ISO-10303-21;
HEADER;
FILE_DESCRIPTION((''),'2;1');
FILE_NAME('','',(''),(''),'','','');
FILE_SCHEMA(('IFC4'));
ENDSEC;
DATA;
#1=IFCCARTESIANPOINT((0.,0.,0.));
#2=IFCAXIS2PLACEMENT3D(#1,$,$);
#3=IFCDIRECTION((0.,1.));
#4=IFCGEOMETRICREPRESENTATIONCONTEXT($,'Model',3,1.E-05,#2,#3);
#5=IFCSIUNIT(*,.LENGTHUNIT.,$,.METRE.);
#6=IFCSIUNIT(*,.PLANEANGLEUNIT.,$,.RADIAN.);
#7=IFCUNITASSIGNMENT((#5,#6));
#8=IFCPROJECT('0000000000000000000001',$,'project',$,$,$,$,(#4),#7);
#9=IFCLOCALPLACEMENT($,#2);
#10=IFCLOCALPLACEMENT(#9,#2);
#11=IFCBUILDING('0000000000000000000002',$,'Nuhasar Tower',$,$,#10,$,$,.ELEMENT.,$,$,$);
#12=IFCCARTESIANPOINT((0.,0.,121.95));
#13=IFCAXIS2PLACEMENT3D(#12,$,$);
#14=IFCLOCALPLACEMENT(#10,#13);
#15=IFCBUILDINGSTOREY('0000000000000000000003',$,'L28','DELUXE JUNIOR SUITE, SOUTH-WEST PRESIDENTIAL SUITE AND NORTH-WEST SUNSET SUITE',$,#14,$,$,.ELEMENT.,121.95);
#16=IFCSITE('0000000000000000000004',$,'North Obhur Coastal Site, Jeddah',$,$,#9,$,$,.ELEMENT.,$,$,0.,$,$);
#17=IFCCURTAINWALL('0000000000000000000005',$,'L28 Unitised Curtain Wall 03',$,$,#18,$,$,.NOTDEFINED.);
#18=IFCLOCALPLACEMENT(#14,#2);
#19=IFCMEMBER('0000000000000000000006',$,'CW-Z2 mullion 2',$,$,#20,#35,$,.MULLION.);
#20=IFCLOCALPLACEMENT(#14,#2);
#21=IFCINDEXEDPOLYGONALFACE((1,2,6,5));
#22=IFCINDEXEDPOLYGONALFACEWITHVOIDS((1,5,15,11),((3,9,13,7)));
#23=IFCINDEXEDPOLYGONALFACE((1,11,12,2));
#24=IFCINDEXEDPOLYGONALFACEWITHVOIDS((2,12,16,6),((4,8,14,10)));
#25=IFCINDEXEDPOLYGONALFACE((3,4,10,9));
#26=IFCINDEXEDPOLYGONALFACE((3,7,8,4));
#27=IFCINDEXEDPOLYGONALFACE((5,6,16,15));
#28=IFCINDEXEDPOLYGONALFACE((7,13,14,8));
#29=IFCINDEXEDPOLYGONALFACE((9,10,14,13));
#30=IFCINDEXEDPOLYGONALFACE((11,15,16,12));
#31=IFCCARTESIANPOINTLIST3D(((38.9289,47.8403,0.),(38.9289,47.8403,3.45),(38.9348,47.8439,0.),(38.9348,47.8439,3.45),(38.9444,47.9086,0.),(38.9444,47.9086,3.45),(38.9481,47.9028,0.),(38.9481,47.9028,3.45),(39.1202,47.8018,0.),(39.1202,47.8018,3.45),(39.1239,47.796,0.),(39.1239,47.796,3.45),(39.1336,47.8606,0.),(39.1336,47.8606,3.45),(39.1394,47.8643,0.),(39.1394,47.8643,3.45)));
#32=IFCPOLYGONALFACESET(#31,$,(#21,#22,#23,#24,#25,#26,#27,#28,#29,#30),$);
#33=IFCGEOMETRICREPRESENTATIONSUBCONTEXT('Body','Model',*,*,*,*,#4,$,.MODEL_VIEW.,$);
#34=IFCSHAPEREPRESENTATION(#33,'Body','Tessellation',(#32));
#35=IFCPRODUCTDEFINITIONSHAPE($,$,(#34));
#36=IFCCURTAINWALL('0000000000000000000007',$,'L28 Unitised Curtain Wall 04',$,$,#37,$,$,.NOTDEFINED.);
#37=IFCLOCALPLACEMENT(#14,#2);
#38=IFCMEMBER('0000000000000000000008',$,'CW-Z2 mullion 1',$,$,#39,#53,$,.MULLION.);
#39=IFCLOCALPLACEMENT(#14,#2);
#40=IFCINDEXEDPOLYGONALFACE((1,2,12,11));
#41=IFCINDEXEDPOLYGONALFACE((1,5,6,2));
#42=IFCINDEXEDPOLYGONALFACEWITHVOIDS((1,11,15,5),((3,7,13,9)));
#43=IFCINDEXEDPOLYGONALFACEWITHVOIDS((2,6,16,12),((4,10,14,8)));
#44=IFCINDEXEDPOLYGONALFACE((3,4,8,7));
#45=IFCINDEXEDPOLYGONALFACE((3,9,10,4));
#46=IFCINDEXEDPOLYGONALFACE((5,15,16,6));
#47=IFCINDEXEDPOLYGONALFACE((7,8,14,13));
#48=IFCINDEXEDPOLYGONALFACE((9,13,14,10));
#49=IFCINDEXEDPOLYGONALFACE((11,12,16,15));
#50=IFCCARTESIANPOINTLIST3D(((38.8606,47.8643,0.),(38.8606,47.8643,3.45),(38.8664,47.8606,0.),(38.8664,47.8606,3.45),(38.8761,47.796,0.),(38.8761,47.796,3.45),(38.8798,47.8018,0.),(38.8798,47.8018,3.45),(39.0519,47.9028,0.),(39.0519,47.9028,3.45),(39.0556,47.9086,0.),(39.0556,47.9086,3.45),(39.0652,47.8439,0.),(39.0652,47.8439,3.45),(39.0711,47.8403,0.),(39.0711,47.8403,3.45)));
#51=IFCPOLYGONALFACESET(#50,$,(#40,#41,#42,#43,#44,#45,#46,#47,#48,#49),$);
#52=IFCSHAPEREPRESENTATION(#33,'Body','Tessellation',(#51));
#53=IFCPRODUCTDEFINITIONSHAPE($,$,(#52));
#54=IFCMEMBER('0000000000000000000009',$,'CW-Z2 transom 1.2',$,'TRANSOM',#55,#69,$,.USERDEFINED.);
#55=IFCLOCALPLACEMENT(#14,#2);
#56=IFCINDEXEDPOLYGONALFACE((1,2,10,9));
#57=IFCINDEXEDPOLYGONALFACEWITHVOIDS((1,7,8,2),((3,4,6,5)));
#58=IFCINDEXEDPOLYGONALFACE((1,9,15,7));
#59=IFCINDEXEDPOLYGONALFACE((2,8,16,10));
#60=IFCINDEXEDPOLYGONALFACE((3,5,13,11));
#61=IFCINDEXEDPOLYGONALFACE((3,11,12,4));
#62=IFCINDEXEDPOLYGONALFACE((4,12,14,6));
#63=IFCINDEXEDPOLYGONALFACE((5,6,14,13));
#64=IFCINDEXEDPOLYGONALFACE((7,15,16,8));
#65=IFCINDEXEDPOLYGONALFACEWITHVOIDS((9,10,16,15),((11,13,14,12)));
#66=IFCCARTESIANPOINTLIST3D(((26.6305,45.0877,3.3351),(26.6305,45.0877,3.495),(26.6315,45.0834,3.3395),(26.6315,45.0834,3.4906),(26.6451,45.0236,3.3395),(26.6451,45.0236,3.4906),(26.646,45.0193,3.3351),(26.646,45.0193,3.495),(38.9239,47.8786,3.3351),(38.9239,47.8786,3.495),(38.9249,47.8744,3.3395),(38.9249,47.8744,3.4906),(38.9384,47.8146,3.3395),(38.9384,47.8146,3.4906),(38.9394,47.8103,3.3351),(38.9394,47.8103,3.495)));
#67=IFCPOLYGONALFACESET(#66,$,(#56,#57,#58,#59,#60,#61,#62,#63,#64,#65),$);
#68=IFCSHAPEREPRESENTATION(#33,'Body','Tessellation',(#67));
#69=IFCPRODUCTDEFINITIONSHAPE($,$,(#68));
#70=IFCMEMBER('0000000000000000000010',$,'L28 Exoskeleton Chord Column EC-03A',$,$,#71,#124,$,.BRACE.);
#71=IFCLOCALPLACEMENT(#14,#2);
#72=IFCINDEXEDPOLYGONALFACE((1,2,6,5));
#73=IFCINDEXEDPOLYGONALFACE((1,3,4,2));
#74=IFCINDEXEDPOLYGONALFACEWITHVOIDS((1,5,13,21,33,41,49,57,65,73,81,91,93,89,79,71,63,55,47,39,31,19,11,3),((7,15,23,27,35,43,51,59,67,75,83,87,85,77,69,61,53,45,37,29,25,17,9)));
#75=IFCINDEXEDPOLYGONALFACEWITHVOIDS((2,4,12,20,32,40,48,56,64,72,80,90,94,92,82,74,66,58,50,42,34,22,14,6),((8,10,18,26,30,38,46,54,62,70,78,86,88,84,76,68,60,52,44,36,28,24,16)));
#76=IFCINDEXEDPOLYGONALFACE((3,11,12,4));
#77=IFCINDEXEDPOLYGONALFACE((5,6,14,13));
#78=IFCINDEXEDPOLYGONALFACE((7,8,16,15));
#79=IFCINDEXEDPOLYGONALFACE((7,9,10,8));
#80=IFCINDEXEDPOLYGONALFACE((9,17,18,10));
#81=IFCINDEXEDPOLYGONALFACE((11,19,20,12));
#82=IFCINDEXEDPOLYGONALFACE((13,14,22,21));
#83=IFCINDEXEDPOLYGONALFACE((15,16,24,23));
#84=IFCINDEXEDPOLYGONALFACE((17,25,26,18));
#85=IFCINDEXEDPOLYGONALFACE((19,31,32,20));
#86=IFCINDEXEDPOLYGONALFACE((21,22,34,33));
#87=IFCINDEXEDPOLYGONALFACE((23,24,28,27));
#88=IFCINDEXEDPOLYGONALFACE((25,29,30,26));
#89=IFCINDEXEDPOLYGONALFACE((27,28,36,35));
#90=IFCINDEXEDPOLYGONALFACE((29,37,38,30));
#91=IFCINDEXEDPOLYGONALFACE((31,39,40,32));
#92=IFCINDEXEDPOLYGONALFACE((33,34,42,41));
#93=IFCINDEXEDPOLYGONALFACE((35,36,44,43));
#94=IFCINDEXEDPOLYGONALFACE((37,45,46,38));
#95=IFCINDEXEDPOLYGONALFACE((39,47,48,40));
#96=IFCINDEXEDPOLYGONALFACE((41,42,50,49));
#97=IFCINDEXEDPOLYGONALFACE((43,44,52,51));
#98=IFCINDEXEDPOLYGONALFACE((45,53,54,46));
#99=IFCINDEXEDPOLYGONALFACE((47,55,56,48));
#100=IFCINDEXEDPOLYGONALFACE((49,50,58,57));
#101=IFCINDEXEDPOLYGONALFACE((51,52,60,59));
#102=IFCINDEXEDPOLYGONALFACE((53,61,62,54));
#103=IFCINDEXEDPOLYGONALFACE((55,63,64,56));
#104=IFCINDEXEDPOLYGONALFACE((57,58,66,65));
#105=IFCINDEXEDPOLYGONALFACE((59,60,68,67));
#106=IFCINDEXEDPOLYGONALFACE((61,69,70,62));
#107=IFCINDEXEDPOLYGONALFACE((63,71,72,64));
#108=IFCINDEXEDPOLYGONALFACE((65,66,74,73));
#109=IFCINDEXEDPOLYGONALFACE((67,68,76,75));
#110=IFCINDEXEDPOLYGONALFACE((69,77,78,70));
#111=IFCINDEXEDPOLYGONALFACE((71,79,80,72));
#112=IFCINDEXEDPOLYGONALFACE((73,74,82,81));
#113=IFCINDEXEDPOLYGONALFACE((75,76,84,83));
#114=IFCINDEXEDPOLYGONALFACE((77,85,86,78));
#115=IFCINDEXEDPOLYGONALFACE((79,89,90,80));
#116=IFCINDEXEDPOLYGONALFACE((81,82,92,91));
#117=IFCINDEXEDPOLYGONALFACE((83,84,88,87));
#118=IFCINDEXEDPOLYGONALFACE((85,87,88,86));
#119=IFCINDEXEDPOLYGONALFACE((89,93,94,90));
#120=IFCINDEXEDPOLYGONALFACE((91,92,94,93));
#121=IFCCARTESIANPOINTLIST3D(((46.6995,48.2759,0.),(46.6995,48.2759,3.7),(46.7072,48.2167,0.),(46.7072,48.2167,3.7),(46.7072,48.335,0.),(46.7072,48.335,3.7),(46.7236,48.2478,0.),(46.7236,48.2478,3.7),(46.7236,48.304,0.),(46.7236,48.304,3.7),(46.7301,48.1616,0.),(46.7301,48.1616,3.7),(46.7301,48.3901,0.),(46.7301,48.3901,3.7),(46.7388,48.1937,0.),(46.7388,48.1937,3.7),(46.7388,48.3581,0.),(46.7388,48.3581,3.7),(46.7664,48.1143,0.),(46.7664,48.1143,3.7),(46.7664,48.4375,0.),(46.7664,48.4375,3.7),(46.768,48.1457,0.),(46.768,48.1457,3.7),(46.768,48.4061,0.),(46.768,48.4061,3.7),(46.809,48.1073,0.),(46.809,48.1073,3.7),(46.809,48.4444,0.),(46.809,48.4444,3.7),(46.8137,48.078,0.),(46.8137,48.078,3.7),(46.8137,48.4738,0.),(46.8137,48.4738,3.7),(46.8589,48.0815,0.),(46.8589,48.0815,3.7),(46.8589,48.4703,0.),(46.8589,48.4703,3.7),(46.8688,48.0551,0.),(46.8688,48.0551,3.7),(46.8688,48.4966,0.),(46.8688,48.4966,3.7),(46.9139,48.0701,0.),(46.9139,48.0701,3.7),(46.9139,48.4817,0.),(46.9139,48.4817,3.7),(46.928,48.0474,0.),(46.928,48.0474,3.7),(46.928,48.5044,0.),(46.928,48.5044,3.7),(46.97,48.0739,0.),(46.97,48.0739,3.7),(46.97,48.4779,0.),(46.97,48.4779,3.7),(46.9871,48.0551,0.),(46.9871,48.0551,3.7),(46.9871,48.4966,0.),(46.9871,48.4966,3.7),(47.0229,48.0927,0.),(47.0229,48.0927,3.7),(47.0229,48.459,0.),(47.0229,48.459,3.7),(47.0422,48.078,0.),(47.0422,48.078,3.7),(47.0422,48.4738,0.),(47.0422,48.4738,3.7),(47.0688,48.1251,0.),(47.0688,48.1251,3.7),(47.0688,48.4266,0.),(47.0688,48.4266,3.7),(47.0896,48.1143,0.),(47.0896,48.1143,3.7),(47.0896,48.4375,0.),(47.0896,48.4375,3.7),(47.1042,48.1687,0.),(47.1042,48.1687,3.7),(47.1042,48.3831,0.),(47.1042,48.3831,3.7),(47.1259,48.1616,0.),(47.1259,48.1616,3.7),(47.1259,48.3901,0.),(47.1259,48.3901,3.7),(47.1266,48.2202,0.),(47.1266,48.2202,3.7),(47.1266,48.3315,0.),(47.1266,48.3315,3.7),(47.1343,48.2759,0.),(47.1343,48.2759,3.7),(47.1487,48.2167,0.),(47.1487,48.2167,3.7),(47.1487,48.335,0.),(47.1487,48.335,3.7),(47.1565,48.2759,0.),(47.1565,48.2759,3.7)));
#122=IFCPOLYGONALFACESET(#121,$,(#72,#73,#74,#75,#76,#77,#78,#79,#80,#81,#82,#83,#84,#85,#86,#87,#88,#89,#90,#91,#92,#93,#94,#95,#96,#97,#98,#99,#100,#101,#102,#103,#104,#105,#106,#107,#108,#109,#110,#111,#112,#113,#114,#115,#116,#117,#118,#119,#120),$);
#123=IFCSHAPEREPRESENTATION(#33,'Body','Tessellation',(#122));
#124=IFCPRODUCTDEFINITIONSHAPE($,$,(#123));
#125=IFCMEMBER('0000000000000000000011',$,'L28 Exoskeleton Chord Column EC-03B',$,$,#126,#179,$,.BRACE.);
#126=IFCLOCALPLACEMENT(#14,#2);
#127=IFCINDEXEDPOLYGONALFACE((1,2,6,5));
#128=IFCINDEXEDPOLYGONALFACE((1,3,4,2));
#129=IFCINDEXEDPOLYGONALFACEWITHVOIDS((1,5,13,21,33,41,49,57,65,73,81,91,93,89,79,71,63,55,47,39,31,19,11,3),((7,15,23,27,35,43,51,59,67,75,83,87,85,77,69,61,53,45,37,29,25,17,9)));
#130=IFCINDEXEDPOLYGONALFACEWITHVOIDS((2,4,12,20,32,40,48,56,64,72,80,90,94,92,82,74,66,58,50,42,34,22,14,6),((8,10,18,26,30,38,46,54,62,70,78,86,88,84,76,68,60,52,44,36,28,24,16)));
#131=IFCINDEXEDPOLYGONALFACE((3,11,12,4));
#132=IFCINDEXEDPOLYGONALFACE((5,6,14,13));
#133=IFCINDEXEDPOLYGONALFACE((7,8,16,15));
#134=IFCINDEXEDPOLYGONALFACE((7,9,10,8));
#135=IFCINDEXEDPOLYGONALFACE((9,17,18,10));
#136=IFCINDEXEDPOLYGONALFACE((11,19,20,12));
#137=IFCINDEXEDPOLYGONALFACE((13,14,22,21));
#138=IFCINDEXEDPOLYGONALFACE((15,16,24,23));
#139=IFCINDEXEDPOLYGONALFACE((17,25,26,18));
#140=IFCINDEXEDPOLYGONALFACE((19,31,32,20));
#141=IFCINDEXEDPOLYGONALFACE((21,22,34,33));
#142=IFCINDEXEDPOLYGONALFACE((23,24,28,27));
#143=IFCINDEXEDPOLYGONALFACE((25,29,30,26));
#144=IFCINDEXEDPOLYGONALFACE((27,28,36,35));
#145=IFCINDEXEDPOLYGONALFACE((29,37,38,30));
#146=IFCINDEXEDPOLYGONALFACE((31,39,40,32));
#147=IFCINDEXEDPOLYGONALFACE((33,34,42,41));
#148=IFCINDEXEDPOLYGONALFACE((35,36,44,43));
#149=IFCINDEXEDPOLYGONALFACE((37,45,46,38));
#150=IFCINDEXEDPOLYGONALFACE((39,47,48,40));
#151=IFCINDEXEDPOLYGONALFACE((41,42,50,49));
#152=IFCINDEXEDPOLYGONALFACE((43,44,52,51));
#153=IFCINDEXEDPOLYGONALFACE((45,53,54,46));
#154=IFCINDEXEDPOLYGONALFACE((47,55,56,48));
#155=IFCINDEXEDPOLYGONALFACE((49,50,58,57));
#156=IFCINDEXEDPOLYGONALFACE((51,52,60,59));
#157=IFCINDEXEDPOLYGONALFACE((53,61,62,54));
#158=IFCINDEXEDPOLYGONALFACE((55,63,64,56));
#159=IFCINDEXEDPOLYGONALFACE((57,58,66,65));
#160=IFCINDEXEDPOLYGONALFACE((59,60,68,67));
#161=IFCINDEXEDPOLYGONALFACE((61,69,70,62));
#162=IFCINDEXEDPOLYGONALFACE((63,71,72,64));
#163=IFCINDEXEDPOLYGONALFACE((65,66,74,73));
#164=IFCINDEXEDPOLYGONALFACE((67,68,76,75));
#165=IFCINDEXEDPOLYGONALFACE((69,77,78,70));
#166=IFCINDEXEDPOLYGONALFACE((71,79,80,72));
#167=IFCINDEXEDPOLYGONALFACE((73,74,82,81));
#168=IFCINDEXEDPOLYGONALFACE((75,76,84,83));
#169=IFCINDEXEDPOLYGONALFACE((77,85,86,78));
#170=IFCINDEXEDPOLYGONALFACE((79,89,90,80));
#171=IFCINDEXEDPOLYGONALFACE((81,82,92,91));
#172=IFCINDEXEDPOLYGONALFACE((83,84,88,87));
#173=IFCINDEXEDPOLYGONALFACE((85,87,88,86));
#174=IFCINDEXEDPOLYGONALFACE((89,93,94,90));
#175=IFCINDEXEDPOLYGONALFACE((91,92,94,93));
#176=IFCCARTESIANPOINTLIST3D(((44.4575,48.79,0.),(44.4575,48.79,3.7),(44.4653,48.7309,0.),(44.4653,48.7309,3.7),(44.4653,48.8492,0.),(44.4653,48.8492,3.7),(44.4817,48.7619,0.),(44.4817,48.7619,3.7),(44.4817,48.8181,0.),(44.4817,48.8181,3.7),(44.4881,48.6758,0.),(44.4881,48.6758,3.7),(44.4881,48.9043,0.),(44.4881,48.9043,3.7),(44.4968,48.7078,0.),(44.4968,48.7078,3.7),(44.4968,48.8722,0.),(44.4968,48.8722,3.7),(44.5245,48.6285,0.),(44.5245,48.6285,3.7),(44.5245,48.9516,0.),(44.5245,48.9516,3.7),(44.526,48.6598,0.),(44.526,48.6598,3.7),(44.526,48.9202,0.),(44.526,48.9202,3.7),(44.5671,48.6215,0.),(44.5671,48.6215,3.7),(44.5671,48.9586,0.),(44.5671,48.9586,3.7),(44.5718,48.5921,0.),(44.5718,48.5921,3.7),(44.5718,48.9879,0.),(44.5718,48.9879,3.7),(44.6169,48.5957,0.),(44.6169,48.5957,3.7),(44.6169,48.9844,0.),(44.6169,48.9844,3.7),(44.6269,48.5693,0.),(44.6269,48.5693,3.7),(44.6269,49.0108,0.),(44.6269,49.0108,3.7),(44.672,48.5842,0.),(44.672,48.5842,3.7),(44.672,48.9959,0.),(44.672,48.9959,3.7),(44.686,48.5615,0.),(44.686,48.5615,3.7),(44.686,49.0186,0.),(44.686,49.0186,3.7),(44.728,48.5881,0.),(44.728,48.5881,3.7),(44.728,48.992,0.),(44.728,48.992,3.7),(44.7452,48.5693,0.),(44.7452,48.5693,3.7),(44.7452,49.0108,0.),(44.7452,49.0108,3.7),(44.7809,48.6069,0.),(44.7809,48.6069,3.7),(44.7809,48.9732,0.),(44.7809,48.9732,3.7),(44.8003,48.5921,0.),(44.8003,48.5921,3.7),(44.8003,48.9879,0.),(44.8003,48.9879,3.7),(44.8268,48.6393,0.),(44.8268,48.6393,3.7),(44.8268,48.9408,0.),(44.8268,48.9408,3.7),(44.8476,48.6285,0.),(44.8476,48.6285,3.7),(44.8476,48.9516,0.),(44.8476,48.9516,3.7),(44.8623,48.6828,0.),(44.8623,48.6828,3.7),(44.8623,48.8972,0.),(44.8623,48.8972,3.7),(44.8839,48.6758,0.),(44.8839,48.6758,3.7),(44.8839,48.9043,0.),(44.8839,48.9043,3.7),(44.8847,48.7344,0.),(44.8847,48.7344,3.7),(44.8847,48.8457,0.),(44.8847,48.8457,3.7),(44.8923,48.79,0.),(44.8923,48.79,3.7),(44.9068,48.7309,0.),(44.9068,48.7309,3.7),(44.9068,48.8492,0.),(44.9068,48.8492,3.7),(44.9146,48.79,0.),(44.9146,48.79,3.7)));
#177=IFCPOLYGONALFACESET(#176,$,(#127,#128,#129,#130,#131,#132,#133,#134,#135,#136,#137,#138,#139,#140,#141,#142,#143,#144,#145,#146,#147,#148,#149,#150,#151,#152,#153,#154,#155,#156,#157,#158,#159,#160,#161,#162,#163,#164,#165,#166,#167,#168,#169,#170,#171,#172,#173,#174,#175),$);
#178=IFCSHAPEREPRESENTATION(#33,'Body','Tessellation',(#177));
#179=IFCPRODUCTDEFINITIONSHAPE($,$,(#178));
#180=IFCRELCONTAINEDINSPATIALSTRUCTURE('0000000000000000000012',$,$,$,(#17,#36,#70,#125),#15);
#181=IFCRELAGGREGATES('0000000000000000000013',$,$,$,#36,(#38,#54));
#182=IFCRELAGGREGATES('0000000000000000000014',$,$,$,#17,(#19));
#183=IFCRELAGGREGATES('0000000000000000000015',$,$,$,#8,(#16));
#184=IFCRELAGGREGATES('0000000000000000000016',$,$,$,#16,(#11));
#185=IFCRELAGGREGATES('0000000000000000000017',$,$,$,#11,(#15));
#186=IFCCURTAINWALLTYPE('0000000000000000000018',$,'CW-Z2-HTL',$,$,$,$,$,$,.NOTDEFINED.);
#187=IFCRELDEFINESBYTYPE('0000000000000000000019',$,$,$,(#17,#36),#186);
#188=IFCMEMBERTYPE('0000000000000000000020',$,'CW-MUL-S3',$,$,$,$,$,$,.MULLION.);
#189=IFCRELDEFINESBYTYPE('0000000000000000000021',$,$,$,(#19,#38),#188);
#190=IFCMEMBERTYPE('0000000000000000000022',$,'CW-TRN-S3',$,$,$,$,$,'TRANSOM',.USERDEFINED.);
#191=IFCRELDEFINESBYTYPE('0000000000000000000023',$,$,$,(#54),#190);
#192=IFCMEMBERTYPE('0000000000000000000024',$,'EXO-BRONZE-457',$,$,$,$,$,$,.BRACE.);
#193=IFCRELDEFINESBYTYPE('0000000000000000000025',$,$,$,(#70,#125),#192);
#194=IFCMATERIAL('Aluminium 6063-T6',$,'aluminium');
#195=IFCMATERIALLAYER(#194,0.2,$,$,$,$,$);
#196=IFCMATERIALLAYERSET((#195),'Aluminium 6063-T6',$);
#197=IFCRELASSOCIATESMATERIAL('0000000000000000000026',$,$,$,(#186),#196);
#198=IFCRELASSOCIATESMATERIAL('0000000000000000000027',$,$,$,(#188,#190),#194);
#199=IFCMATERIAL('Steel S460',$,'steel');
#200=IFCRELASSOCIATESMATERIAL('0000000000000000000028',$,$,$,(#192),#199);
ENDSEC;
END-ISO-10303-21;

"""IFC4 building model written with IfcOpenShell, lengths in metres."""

from ifc_helpers import new_model, si_unit, direction, frame, origin, origin_2d, place, context, subcontext, project, spatial, hollow_rectangle, hollow_circle, extrude, material, layer, layer_set, material_profile, profile_set, type_object, element, aggregate, save


model = new_model("IFC4")

# Units and contexts
model_context = context("Model", 3, precision=1e-05, world=origin(), true_north=direction((0.0, 1.0)))
body_context = subcontext(model_context, "Body", "Model", "MODEL_VIEW")
ifc_project = project(units=[si_unit("LENGTHUNIT", "METRE"), si_unit("PLANEANGLEUNIT", "RADIAN")], contexts=[model_context])

# Site, building, storey
site_placement = place(None, origin())
site = spatial("IfcSite", under=ifc_project, at=site_placement, Name="North Obhur Coastal Site, Jeddah", CompositionType="ELEMENT", RefElevation=0.0)
building_placement = place(site_placement, origin())
building = spatial("IfcBuilding", under=site, at=building_placement, Name="Nuhasar Tower", CompositionType="ELEMENT")
storey_placement = place(building_placement, frame((0.0, 0.0, 121.95)))
storey = spatial("IfcBuildingStorey", under=building, at=storey_placement, Name="L28", Description="DELUXE JUNIOR SUITE, SOUTH-WEST PRESIDENTIAL SUITE AND NORTH-WEST SUNSET SUITE", CompositionType="ELEMENT", Elevation=121.95)

# Curtain wall, member
ifc_material_1 = material(Name="Aluminium 6063-T6", Category="aluminium")
ifc_layer_1 = layer(ifc_material_1, 0.2)
ifc_layer_set_1 = layer_set([ifc_layer_1], Name="Aluminium 6063-T6")
curtain_wall_type = type_object("IfcCurtainWallType", Name="CW-Z2-HTL", PredefinedType="NOTDEFINED", material=ifc_layer_set_1)
curtain_wall_1_placement = place(storey_placement, origin())
curtain_wall_1 = element("IfcCurtainWall", 1, at=curtain_wall_1_placement, inside=storey, type_object=curtain_wall_type, Name="L28 Unitised Curtain Wall 03", PredefinedType="NOTDEFINED")
ifc_material_profile_1 = material_profile(ifc_material_1, hollow_rectangle(XDim=0.0701, YDim=0.2, WallThickness=0.0049, at=origin_2d()), Name="CWM-3")
ifc_profile_set_1 = profile_set([ifc_material_profile_1], Name="Aluminium 6063-T6")
member_type_1 = type_object("IfcMemberType", Name="CW-MUL-S3", PredefinedType="MULLION", material=ifc_profile_set_1)
member_1_placement = place(storey_placement, frame((39.0342, 47.8523, 0.0), z_axis=(0.0, 0.0, 1.0), x_axis=(-0.221397, -0.975184, 0.0)))
member_1 = element("IfcMember", 2, at=member_1_placement, type_object=member_type_1, Name="CW-Z2 mullion 2", PredefinedType="MULLION", context=body_context, shape_type="SweptSolid", body=[
    extrude(hollow_rectangle(XDim=0.0701, YDim=0.2, WallThickness=0.0049, at=origin_2d()), origin(), (0.0, 0.0, 1.0), 3.45),
])

# Curtain wall, members
curtain_wall_2_placement = place(storey_placement, origin())
curtain_wall_2 = element("IfcCurtainWall", 3, at=curtain_wall_2_placement, inside=storey, type_object=curtain_wall_type, Name="L28 Unitised Curtain Wall 04", PredefinedType="NOTDEFINED")
member_2_placement = place(storey_placement, frame((38.9658, 47.8523, 0.0), z_axis=(0.0, 0.0, 1.0), x_axis=(0.221397, -0.975184, 0.0)))
member_2 = element("IfcMember", 4, at=member_2_placement, type_object=member_type_1, Name="CW-Z2 mullion 1", PredefinedType="MULLION", context=body_context, shape_type="SweptSolid", body=[
    extrude(hollow_rectangle(XDim=0.0701, YDim=0.2, WallThickness=0.0049, at=origin_2d()), origin(), (0.0, 0.0, 1.0), 3.45),
])
ifc_material_profile_2 = material_profile(ifc_material_1, hollow_rectangle(XDim=0.0701, YDim=0.1599, WallThickness=0.0044, at=origin_2d()), Name="CWT-3")
ifc_profile_set_2 = profile_set([ifc_material_profile_2], Name="Aluminium 6063-T6")
member_type_2 = type_object("IfcMemberType", Name="CW-TRN-S3", ElementType="TRANSOM", PredefinedType="USERDEFINED", material=ifc_profile_set_2)
member_3_placement = place(storey_placement, frame((38.9316, 47.8445, 3.415), z_axis=(-0.975183, -0.221398, 0.0), x_axis=(0.221398, -0.975183, 0.0)))
member_3 = element("IfcMember", 5, at=member_3_placement, type_object=member_type_2, Name="CW-Z2 transom 1.2", ObjectType="TRANSOM", PredefinedType="USERDEFINED", context=body_context, shape_type="SweptSolid", body=[
    extrude(hollow_rectangle(XDim=0.0701, YDim=0.1599, WallThickness=0.0044, at=origin_2d()), origin(), (0.0, 0.0, 1.0), 12.6062),
])
aggregate(curtain_wall_2, [member_2, member_3])

# Members
ifc_material_2 = material(Name="Steel S460", Category="steel")
ifc_material_profile_3 = material_profile(ifc_material_2, hollow_circle(Radius=0.2285, WallThickness=0.0222, at=origin_2d()), Name="HSS457X22.2")
ifc_profile_set_3 = profile_set([ifc_material_profile_3], Name="Steel S460")
member_type_3 = type_object("IfcMemberType", Name="EXO-BRONZE-457", PredefinedType="BRACE", material=ifc_profile_set_3)
for number, where, z_axis, x_axis, name in (
    (6, (46.928, 48.2759, 0.0), (0.0, 0.0, 1.0), (1.0, 0.0, 0.0), "L28 Exoskeleton Chord Column EC-03A"),
    (7, (44.686, 48.79, 0.0), (0.0, 0.0, 1.0), (1.0, 0.0, 0.0), "L28 Exoskeleton Chord Column EC-03B"),
):
    element("IfcMember", number, at=place(storey_placement, frame(where, z_axis=z_axis, x_axis=x_axis)), inside=storey, type_object=member_type_3, Name=name, PredefinedType="BRACE", context=body_context, shape_type="SweptSolid", body=[
        extrude(hollow_circle(Radius=0.2285, WallThickness=0.0222, at=origin_2d()), origin(), (0.0, 0.0, 1.0), 3.7),
    ])

aggregate(curtain_wall_1, [member_1])

save(model, "model.ifc")
